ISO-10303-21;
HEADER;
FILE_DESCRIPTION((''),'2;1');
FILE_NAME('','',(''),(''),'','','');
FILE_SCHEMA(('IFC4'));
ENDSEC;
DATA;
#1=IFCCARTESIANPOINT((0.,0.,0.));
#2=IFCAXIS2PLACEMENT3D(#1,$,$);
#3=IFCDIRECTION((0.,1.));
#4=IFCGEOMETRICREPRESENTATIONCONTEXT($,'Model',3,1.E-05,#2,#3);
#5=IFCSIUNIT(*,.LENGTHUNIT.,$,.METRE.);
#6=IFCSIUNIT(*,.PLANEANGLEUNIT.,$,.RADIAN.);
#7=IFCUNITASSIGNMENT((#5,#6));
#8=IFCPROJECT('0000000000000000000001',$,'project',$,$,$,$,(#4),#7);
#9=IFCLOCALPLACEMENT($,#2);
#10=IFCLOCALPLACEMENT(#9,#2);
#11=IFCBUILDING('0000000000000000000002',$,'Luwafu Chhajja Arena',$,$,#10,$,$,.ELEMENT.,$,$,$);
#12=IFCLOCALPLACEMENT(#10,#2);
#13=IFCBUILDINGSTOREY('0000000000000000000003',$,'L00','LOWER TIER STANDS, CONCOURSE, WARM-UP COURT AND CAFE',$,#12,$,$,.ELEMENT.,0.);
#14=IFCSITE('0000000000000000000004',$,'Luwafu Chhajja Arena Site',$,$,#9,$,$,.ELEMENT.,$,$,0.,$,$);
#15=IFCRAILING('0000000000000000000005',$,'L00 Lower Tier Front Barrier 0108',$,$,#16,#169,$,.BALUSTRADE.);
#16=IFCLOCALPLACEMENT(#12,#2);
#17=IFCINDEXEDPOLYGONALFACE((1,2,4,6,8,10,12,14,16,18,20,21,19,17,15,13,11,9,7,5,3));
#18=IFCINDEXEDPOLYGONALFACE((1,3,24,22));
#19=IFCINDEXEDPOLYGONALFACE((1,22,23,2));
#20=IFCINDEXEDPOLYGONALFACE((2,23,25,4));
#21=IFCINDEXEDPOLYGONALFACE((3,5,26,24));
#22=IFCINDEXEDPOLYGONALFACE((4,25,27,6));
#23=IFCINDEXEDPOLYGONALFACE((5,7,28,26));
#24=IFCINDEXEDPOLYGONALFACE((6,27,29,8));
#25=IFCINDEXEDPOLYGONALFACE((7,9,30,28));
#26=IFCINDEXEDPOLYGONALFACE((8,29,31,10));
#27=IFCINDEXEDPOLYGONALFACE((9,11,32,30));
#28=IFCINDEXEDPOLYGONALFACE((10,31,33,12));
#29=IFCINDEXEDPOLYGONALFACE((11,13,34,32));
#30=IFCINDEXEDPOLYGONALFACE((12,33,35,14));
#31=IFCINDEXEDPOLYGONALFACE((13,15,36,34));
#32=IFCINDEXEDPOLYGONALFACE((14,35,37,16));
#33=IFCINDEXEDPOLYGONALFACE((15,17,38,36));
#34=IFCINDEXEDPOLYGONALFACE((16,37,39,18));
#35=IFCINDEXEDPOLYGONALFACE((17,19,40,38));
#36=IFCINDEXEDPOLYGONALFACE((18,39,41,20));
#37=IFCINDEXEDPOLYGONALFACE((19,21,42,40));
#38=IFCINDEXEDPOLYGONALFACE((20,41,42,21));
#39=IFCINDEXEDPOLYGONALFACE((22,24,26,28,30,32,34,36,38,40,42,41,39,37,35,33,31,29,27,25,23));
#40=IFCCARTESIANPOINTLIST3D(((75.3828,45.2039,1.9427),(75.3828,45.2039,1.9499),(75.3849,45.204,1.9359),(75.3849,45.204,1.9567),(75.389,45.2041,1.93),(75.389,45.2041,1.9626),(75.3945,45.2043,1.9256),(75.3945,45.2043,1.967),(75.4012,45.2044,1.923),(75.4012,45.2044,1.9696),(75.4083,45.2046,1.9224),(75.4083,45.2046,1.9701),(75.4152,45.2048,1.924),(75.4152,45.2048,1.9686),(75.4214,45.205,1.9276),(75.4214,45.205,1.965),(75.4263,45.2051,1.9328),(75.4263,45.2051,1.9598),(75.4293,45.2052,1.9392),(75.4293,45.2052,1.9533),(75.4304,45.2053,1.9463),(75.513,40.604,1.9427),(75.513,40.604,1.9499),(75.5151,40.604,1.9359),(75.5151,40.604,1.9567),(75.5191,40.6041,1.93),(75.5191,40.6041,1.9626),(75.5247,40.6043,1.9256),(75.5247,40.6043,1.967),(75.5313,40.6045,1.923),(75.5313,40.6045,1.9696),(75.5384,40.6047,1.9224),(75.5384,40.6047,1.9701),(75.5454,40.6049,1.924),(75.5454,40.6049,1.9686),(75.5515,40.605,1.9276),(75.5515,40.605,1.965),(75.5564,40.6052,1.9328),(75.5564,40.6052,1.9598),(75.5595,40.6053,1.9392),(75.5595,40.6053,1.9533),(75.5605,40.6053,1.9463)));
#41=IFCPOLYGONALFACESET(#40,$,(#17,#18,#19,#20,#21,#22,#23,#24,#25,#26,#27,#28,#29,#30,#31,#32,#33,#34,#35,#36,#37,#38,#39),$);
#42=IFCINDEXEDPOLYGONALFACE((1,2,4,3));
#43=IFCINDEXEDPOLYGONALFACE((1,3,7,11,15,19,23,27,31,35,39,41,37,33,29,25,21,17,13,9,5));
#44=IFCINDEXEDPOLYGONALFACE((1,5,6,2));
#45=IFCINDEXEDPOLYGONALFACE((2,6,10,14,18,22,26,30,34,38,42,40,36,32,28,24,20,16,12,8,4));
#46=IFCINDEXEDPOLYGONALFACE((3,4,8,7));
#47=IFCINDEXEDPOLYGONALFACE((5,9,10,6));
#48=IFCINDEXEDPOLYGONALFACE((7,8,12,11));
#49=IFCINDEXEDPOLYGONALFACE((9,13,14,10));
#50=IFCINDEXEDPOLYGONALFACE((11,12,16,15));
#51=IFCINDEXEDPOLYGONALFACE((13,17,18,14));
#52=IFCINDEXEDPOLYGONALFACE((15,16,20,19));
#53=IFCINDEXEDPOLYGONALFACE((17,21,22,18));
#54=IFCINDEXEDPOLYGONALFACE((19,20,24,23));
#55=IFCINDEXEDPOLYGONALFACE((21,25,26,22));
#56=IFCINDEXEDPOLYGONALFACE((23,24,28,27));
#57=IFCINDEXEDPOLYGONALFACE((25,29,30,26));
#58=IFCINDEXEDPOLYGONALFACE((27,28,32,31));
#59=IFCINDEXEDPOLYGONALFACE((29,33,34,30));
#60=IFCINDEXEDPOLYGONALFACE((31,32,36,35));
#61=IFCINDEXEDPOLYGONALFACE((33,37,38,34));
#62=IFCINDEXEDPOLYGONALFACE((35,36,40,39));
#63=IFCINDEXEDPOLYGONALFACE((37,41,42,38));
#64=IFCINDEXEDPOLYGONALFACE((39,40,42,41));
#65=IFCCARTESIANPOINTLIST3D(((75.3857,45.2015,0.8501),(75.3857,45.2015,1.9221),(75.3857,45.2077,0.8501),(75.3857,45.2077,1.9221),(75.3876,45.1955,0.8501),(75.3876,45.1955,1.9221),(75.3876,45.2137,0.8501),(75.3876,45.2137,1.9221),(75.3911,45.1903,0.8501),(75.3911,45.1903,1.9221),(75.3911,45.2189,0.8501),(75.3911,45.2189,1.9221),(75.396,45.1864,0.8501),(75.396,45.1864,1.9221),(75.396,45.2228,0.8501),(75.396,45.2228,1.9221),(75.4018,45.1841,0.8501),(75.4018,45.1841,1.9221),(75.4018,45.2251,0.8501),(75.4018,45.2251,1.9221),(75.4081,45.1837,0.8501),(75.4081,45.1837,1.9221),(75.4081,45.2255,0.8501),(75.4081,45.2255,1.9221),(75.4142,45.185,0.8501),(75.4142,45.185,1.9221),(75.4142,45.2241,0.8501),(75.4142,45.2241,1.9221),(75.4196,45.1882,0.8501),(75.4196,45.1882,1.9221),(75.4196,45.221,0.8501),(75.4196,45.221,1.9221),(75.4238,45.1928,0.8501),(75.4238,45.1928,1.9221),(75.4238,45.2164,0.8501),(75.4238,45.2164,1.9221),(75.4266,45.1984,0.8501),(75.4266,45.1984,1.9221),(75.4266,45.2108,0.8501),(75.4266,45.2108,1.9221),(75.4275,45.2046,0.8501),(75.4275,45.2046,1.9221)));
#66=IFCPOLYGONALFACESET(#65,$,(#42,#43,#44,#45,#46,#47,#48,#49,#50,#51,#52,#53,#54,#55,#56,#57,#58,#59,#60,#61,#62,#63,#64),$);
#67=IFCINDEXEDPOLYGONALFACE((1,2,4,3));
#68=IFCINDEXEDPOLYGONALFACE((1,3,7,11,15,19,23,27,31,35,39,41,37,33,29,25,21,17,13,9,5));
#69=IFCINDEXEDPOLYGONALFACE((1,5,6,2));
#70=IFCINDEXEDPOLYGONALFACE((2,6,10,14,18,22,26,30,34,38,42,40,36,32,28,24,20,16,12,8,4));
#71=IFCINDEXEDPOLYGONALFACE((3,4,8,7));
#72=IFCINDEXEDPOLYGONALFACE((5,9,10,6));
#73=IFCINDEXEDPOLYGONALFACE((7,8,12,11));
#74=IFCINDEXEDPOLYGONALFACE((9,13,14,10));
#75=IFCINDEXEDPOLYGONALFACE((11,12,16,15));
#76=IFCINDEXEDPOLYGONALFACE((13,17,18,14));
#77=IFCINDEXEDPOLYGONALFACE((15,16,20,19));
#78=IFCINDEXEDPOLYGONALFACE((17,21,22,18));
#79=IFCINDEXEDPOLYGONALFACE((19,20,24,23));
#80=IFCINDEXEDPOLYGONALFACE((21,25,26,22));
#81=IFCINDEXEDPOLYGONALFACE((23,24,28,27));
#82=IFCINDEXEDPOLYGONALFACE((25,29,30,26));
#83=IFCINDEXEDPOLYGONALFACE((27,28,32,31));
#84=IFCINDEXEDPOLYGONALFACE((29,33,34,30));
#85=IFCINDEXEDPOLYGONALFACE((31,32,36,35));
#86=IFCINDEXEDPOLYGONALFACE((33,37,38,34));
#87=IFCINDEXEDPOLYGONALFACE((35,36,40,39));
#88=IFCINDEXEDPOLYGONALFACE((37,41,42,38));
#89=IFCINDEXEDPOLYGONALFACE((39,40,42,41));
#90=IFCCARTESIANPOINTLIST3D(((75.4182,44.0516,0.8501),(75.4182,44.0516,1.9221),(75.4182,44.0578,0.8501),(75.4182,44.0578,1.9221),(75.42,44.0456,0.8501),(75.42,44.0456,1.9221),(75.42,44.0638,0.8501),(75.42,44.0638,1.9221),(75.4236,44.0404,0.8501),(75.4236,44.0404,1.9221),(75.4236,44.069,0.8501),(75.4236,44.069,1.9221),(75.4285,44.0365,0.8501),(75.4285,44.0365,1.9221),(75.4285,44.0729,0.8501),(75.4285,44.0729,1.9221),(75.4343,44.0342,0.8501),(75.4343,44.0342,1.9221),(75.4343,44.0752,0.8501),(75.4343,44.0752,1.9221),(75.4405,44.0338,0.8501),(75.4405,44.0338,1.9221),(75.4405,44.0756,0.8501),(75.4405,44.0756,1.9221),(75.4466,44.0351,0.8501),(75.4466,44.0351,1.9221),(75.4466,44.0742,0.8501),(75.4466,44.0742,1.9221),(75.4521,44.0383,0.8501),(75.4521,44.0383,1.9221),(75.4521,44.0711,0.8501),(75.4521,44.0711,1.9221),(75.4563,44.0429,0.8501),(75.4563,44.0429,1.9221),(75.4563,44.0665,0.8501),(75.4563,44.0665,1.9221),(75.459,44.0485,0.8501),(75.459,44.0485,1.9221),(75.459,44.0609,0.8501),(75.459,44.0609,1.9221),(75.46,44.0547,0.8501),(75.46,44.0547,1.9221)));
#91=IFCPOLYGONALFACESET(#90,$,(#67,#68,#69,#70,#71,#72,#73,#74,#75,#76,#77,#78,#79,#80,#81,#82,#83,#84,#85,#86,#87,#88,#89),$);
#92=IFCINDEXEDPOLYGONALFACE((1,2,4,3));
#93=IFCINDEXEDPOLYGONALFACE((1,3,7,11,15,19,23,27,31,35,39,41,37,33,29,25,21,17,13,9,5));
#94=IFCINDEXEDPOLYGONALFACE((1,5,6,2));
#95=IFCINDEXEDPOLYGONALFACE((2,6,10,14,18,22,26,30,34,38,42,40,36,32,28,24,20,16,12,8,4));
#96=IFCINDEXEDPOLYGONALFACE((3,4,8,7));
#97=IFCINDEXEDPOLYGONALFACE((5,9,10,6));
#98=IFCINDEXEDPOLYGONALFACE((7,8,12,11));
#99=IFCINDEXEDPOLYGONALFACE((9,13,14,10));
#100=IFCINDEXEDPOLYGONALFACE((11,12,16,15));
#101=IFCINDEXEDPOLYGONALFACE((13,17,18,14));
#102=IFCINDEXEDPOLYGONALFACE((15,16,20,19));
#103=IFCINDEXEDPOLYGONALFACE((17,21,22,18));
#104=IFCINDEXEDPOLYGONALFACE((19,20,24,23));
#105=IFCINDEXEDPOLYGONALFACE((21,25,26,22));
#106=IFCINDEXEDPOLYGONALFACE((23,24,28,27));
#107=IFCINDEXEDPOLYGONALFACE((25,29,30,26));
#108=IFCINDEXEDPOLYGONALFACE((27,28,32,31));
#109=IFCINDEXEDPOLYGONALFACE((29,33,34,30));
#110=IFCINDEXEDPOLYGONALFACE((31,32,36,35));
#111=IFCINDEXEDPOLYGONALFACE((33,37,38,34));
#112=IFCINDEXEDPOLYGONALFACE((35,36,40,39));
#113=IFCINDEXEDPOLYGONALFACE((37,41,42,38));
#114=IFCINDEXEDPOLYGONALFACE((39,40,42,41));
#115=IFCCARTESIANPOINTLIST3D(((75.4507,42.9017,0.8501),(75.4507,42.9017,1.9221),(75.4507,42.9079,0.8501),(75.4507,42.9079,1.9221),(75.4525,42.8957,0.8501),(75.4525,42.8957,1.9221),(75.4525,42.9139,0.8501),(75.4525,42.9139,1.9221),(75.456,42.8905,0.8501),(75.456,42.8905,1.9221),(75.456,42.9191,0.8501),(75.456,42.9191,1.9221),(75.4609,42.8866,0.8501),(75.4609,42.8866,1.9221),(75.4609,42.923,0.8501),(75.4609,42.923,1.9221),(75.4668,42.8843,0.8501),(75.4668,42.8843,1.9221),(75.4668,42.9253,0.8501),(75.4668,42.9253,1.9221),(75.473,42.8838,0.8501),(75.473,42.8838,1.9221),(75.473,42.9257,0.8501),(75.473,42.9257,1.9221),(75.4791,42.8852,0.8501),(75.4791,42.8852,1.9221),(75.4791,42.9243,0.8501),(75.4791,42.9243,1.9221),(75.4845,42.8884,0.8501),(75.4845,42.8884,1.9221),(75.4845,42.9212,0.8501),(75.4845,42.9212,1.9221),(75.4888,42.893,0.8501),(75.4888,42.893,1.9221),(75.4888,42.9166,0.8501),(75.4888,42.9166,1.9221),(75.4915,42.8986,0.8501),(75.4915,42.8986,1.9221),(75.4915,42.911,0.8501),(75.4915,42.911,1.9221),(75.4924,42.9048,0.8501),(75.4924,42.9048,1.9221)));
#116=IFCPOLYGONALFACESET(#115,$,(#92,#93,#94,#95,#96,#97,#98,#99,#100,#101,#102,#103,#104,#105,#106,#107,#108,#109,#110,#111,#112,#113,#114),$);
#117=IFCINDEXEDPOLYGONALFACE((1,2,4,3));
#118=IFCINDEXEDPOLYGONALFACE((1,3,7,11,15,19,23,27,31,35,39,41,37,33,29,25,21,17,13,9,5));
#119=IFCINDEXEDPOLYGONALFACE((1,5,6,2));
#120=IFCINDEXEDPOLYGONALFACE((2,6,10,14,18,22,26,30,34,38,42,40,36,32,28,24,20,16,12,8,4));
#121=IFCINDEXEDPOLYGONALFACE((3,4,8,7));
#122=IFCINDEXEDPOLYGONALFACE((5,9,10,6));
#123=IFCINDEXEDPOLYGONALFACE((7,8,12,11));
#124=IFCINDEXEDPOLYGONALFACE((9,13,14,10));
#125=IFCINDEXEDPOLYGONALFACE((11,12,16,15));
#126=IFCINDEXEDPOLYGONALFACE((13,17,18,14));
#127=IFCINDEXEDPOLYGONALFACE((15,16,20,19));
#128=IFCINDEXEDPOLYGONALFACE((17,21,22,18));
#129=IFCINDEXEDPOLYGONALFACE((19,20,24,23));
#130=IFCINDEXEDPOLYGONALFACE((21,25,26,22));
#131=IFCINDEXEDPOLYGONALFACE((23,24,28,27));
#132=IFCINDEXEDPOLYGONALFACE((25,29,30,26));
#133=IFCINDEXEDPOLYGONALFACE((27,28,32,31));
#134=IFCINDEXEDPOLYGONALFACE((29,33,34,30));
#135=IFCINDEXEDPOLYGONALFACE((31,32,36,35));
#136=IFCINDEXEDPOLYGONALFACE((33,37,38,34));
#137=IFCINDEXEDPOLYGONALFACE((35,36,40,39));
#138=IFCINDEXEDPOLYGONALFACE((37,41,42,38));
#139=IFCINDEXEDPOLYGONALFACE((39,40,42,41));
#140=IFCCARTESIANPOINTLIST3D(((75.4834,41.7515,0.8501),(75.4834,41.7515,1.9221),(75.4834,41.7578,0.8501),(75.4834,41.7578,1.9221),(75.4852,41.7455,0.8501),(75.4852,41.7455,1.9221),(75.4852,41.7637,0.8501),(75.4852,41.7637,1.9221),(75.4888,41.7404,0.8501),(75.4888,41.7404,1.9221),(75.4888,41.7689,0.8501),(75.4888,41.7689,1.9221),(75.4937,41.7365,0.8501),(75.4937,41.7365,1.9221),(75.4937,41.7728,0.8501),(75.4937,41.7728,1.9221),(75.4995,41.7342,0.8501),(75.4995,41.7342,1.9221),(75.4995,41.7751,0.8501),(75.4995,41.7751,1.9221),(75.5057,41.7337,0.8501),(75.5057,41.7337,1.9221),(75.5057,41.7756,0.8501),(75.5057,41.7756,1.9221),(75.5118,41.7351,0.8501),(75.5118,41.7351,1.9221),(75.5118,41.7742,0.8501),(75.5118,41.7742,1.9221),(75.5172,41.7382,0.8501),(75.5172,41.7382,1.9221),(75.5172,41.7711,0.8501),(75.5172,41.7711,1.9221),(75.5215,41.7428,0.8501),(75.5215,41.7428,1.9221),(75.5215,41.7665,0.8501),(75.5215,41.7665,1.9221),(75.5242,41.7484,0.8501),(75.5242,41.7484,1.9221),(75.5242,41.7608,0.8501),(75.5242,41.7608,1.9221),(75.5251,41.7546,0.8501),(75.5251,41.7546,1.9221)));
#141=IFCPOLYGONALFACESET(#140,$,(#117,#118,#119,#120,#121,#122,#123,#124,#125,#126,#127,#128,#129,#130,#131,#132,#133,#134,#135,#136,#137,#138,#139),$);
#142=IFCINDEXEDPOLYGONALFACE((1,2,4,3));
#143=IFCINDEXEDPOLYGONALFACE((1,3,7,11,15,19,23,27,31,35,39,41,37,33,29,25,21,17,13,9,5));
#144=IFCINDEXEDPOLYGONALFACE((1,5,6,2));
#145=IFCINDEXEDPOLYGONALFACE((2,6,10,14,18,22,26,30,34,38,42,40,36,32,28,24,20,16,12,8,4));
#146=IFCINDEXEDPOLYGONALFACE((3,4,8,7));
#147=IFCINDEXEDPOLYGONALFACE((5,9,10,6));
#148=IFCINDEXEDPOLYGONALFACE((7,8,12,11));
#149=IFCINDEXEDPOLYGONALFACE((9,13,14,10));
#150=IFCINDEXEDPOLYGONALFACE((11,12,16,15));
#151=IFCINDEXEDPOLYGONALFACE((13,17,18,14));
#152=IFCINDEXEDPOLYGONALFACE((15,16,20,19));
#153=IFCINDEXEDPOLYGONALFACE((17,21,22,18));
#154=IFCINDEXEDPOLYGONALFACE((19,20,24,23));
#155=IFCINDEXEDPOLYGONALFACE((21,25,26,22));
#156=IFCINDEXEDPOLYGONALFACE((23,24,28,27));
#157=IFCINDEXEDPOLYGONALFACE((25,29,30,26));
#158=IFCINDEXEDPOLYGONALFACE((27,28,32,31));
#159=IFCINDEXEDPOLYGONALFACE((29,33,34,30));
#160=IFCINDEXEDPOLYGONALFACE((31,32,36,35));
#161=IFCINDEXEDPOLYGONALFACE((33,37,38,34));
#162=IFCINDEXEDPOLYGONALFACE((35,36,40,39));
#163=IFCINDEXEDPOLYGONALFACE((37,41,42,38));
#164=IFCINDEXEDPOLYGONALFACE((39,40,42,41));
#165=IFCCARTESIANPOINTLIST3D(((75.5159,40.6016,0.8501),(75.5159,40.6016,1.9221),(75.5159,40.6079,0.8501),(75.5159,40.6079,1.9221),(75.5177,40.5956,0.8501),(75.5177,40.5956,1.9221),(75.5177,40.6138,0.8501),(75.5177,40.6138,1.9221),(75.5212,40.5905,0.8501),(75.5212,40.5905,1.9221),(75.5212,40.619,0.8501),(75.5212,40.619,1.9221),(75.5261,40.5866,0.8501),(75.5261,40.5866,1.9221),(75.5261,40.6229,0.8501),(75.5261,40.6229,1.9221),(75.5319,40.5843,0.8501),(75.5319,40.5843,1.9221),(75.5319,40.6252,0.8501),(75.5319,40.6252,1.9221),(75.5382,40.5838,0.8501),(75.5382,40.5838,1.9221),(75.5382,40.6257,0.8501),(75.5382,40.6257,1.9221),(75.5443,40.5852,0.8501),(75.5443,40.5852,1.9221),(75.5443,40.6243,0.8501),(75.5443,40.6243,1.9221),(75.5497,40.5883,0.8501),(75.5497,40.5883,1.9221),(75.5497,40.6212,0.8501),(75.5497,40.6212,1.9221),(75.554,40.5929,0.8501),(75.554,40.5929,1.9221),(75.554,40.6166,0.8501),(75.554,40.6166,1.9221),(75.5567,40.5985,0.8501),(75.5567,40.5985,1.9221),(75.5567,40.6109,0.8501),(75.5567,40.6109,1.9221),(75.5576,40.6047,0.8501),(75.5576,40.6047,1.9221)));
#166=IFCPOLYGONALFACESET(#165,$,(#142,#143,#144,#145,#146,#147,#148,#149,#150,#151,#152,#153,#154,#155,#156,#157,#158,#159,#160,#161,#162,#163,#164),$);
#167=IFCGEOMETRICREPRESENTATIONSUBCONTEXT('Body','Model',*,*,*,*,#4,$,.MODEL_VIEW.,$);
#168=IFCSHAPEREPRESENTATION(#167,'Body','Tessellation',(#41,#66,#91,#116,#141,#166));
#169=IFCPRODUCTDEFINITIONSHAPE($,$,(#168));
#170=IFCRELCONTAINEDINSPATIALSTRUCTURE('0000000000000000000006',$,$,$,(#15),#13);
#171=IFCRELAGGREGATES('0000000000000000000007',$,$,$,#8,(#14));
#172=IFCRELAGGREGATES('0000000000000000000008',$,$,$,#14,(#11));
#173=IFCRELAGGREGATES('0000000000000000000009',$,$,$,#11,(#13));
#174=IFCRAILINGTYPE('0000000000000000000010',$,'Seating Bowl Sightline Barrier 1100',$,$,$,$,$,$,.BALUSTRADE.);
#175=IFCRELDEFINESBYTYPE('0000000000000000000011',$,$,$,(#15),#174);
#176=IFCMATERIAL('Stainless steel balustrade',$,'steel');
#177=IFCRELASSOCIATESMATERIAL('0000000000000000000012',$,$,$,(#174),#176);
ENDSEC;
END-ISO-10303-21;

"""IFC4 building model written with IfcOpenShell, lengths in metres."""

from ifc_helpers import new_model, si_unit, direction, frame, origin, origin_2d, place, context, subcontext, project, spatial, circle, extrude, material, type_object, element, save


model = new_model("IFC4")

# Units and contexts
model_context = context("Model", 3, precision=1e-05, world=origin(), true_north=direction((0.0, 1.0)))
body_context = subcontext(model_context, "Body", "Model", "MODEL_VIEW")
ifc_project = project(units=[si_unit("LENGTHUNIT", "METRE"), si_unit("PLANEANGLEUNIT", "RADIAN")], contexts=[model_context])

# Site, building, storey
site_placement = place(None, origin())
site = spatial("IfcSite", under=ifc_project, at=site_placement, Name="Luwafu Chhajja Arena Site", CompositionType="ELEMENT", RefElevation=0.0)
building_placement = place(site_placement, origin())
building = spatial("IfcBuilding", under=site, at=building_placement, Name="Luwafu Chhajja Arena", CompositionType="ELEMENT")
storey_placement = place(building_placement, origin())
storey = spatial("IfcBuildingStorey", under=building, at=storey_placement, Name="L00", Description="LOWER TIER STANDS, CONCOURSE, WARM-UP COURT AND CAFE", CompositionType="ELEMENT", Elevation=0.0)

# Railing
ifc_material_1 = material(Name="Stainless steel balustrade", Category="steel")
railing_type = type_object("IfcRailingType", Name="Seating Bowl Sightline Barrier 1100", PredefinedType="BALUSTRADE", material=ifc_material_1)
railing_1_placement = place(storey_placement, frame((75.4065, 45.2046, 0.8501)))
element("IfcRailing", 1, at=railing_1_placement, inside=storey, type_object=railing_type, Name="L00 Lower Tier Front Barrier 0108", PredefinedType="BALUSTRADE", context=body_context, shape_type="SweptSolid", body=[
    extrude(circle(Radius=0.0239, at=origin_2d()), frame((0.0, 0.0, 1.0962), z_axis=(0.028278, -0.9996, 0.0), x_axis=(0.9996, 0.028278, 0.0)), (0.0, 0.0, 1.0), 4.6018),
    extrude(circle(Radius=0.021, at=origin_2d()), origin(), (0.0, 0.0, 1.0), 1.072),
    extrude(circle(Radius=0.021, at=origin_2d()), frame((0.0325, -1.1499, 0.0)), (0.0, 0.0, 1.0), 1.072),
    extrude(circle(Radius=0.021, at=origin_2d()), frame((0.0649, -2.2998, 0.0)), (0.0, 0.0, 1.0), 1.072),
    extrude(circle(Radius=0.021, at=origin_2d()), frame((0.0977, -3.45, 0.0)), (0.0, 0.0, 1.0), 1.072),
    extrude(circle(Radius=0.021, at=origin_2d()), frame((0.1301, -4.5999, 0.0)), (0.0, 0.0, 1.0), 1.072),
])

save(model, "model.ifc")
